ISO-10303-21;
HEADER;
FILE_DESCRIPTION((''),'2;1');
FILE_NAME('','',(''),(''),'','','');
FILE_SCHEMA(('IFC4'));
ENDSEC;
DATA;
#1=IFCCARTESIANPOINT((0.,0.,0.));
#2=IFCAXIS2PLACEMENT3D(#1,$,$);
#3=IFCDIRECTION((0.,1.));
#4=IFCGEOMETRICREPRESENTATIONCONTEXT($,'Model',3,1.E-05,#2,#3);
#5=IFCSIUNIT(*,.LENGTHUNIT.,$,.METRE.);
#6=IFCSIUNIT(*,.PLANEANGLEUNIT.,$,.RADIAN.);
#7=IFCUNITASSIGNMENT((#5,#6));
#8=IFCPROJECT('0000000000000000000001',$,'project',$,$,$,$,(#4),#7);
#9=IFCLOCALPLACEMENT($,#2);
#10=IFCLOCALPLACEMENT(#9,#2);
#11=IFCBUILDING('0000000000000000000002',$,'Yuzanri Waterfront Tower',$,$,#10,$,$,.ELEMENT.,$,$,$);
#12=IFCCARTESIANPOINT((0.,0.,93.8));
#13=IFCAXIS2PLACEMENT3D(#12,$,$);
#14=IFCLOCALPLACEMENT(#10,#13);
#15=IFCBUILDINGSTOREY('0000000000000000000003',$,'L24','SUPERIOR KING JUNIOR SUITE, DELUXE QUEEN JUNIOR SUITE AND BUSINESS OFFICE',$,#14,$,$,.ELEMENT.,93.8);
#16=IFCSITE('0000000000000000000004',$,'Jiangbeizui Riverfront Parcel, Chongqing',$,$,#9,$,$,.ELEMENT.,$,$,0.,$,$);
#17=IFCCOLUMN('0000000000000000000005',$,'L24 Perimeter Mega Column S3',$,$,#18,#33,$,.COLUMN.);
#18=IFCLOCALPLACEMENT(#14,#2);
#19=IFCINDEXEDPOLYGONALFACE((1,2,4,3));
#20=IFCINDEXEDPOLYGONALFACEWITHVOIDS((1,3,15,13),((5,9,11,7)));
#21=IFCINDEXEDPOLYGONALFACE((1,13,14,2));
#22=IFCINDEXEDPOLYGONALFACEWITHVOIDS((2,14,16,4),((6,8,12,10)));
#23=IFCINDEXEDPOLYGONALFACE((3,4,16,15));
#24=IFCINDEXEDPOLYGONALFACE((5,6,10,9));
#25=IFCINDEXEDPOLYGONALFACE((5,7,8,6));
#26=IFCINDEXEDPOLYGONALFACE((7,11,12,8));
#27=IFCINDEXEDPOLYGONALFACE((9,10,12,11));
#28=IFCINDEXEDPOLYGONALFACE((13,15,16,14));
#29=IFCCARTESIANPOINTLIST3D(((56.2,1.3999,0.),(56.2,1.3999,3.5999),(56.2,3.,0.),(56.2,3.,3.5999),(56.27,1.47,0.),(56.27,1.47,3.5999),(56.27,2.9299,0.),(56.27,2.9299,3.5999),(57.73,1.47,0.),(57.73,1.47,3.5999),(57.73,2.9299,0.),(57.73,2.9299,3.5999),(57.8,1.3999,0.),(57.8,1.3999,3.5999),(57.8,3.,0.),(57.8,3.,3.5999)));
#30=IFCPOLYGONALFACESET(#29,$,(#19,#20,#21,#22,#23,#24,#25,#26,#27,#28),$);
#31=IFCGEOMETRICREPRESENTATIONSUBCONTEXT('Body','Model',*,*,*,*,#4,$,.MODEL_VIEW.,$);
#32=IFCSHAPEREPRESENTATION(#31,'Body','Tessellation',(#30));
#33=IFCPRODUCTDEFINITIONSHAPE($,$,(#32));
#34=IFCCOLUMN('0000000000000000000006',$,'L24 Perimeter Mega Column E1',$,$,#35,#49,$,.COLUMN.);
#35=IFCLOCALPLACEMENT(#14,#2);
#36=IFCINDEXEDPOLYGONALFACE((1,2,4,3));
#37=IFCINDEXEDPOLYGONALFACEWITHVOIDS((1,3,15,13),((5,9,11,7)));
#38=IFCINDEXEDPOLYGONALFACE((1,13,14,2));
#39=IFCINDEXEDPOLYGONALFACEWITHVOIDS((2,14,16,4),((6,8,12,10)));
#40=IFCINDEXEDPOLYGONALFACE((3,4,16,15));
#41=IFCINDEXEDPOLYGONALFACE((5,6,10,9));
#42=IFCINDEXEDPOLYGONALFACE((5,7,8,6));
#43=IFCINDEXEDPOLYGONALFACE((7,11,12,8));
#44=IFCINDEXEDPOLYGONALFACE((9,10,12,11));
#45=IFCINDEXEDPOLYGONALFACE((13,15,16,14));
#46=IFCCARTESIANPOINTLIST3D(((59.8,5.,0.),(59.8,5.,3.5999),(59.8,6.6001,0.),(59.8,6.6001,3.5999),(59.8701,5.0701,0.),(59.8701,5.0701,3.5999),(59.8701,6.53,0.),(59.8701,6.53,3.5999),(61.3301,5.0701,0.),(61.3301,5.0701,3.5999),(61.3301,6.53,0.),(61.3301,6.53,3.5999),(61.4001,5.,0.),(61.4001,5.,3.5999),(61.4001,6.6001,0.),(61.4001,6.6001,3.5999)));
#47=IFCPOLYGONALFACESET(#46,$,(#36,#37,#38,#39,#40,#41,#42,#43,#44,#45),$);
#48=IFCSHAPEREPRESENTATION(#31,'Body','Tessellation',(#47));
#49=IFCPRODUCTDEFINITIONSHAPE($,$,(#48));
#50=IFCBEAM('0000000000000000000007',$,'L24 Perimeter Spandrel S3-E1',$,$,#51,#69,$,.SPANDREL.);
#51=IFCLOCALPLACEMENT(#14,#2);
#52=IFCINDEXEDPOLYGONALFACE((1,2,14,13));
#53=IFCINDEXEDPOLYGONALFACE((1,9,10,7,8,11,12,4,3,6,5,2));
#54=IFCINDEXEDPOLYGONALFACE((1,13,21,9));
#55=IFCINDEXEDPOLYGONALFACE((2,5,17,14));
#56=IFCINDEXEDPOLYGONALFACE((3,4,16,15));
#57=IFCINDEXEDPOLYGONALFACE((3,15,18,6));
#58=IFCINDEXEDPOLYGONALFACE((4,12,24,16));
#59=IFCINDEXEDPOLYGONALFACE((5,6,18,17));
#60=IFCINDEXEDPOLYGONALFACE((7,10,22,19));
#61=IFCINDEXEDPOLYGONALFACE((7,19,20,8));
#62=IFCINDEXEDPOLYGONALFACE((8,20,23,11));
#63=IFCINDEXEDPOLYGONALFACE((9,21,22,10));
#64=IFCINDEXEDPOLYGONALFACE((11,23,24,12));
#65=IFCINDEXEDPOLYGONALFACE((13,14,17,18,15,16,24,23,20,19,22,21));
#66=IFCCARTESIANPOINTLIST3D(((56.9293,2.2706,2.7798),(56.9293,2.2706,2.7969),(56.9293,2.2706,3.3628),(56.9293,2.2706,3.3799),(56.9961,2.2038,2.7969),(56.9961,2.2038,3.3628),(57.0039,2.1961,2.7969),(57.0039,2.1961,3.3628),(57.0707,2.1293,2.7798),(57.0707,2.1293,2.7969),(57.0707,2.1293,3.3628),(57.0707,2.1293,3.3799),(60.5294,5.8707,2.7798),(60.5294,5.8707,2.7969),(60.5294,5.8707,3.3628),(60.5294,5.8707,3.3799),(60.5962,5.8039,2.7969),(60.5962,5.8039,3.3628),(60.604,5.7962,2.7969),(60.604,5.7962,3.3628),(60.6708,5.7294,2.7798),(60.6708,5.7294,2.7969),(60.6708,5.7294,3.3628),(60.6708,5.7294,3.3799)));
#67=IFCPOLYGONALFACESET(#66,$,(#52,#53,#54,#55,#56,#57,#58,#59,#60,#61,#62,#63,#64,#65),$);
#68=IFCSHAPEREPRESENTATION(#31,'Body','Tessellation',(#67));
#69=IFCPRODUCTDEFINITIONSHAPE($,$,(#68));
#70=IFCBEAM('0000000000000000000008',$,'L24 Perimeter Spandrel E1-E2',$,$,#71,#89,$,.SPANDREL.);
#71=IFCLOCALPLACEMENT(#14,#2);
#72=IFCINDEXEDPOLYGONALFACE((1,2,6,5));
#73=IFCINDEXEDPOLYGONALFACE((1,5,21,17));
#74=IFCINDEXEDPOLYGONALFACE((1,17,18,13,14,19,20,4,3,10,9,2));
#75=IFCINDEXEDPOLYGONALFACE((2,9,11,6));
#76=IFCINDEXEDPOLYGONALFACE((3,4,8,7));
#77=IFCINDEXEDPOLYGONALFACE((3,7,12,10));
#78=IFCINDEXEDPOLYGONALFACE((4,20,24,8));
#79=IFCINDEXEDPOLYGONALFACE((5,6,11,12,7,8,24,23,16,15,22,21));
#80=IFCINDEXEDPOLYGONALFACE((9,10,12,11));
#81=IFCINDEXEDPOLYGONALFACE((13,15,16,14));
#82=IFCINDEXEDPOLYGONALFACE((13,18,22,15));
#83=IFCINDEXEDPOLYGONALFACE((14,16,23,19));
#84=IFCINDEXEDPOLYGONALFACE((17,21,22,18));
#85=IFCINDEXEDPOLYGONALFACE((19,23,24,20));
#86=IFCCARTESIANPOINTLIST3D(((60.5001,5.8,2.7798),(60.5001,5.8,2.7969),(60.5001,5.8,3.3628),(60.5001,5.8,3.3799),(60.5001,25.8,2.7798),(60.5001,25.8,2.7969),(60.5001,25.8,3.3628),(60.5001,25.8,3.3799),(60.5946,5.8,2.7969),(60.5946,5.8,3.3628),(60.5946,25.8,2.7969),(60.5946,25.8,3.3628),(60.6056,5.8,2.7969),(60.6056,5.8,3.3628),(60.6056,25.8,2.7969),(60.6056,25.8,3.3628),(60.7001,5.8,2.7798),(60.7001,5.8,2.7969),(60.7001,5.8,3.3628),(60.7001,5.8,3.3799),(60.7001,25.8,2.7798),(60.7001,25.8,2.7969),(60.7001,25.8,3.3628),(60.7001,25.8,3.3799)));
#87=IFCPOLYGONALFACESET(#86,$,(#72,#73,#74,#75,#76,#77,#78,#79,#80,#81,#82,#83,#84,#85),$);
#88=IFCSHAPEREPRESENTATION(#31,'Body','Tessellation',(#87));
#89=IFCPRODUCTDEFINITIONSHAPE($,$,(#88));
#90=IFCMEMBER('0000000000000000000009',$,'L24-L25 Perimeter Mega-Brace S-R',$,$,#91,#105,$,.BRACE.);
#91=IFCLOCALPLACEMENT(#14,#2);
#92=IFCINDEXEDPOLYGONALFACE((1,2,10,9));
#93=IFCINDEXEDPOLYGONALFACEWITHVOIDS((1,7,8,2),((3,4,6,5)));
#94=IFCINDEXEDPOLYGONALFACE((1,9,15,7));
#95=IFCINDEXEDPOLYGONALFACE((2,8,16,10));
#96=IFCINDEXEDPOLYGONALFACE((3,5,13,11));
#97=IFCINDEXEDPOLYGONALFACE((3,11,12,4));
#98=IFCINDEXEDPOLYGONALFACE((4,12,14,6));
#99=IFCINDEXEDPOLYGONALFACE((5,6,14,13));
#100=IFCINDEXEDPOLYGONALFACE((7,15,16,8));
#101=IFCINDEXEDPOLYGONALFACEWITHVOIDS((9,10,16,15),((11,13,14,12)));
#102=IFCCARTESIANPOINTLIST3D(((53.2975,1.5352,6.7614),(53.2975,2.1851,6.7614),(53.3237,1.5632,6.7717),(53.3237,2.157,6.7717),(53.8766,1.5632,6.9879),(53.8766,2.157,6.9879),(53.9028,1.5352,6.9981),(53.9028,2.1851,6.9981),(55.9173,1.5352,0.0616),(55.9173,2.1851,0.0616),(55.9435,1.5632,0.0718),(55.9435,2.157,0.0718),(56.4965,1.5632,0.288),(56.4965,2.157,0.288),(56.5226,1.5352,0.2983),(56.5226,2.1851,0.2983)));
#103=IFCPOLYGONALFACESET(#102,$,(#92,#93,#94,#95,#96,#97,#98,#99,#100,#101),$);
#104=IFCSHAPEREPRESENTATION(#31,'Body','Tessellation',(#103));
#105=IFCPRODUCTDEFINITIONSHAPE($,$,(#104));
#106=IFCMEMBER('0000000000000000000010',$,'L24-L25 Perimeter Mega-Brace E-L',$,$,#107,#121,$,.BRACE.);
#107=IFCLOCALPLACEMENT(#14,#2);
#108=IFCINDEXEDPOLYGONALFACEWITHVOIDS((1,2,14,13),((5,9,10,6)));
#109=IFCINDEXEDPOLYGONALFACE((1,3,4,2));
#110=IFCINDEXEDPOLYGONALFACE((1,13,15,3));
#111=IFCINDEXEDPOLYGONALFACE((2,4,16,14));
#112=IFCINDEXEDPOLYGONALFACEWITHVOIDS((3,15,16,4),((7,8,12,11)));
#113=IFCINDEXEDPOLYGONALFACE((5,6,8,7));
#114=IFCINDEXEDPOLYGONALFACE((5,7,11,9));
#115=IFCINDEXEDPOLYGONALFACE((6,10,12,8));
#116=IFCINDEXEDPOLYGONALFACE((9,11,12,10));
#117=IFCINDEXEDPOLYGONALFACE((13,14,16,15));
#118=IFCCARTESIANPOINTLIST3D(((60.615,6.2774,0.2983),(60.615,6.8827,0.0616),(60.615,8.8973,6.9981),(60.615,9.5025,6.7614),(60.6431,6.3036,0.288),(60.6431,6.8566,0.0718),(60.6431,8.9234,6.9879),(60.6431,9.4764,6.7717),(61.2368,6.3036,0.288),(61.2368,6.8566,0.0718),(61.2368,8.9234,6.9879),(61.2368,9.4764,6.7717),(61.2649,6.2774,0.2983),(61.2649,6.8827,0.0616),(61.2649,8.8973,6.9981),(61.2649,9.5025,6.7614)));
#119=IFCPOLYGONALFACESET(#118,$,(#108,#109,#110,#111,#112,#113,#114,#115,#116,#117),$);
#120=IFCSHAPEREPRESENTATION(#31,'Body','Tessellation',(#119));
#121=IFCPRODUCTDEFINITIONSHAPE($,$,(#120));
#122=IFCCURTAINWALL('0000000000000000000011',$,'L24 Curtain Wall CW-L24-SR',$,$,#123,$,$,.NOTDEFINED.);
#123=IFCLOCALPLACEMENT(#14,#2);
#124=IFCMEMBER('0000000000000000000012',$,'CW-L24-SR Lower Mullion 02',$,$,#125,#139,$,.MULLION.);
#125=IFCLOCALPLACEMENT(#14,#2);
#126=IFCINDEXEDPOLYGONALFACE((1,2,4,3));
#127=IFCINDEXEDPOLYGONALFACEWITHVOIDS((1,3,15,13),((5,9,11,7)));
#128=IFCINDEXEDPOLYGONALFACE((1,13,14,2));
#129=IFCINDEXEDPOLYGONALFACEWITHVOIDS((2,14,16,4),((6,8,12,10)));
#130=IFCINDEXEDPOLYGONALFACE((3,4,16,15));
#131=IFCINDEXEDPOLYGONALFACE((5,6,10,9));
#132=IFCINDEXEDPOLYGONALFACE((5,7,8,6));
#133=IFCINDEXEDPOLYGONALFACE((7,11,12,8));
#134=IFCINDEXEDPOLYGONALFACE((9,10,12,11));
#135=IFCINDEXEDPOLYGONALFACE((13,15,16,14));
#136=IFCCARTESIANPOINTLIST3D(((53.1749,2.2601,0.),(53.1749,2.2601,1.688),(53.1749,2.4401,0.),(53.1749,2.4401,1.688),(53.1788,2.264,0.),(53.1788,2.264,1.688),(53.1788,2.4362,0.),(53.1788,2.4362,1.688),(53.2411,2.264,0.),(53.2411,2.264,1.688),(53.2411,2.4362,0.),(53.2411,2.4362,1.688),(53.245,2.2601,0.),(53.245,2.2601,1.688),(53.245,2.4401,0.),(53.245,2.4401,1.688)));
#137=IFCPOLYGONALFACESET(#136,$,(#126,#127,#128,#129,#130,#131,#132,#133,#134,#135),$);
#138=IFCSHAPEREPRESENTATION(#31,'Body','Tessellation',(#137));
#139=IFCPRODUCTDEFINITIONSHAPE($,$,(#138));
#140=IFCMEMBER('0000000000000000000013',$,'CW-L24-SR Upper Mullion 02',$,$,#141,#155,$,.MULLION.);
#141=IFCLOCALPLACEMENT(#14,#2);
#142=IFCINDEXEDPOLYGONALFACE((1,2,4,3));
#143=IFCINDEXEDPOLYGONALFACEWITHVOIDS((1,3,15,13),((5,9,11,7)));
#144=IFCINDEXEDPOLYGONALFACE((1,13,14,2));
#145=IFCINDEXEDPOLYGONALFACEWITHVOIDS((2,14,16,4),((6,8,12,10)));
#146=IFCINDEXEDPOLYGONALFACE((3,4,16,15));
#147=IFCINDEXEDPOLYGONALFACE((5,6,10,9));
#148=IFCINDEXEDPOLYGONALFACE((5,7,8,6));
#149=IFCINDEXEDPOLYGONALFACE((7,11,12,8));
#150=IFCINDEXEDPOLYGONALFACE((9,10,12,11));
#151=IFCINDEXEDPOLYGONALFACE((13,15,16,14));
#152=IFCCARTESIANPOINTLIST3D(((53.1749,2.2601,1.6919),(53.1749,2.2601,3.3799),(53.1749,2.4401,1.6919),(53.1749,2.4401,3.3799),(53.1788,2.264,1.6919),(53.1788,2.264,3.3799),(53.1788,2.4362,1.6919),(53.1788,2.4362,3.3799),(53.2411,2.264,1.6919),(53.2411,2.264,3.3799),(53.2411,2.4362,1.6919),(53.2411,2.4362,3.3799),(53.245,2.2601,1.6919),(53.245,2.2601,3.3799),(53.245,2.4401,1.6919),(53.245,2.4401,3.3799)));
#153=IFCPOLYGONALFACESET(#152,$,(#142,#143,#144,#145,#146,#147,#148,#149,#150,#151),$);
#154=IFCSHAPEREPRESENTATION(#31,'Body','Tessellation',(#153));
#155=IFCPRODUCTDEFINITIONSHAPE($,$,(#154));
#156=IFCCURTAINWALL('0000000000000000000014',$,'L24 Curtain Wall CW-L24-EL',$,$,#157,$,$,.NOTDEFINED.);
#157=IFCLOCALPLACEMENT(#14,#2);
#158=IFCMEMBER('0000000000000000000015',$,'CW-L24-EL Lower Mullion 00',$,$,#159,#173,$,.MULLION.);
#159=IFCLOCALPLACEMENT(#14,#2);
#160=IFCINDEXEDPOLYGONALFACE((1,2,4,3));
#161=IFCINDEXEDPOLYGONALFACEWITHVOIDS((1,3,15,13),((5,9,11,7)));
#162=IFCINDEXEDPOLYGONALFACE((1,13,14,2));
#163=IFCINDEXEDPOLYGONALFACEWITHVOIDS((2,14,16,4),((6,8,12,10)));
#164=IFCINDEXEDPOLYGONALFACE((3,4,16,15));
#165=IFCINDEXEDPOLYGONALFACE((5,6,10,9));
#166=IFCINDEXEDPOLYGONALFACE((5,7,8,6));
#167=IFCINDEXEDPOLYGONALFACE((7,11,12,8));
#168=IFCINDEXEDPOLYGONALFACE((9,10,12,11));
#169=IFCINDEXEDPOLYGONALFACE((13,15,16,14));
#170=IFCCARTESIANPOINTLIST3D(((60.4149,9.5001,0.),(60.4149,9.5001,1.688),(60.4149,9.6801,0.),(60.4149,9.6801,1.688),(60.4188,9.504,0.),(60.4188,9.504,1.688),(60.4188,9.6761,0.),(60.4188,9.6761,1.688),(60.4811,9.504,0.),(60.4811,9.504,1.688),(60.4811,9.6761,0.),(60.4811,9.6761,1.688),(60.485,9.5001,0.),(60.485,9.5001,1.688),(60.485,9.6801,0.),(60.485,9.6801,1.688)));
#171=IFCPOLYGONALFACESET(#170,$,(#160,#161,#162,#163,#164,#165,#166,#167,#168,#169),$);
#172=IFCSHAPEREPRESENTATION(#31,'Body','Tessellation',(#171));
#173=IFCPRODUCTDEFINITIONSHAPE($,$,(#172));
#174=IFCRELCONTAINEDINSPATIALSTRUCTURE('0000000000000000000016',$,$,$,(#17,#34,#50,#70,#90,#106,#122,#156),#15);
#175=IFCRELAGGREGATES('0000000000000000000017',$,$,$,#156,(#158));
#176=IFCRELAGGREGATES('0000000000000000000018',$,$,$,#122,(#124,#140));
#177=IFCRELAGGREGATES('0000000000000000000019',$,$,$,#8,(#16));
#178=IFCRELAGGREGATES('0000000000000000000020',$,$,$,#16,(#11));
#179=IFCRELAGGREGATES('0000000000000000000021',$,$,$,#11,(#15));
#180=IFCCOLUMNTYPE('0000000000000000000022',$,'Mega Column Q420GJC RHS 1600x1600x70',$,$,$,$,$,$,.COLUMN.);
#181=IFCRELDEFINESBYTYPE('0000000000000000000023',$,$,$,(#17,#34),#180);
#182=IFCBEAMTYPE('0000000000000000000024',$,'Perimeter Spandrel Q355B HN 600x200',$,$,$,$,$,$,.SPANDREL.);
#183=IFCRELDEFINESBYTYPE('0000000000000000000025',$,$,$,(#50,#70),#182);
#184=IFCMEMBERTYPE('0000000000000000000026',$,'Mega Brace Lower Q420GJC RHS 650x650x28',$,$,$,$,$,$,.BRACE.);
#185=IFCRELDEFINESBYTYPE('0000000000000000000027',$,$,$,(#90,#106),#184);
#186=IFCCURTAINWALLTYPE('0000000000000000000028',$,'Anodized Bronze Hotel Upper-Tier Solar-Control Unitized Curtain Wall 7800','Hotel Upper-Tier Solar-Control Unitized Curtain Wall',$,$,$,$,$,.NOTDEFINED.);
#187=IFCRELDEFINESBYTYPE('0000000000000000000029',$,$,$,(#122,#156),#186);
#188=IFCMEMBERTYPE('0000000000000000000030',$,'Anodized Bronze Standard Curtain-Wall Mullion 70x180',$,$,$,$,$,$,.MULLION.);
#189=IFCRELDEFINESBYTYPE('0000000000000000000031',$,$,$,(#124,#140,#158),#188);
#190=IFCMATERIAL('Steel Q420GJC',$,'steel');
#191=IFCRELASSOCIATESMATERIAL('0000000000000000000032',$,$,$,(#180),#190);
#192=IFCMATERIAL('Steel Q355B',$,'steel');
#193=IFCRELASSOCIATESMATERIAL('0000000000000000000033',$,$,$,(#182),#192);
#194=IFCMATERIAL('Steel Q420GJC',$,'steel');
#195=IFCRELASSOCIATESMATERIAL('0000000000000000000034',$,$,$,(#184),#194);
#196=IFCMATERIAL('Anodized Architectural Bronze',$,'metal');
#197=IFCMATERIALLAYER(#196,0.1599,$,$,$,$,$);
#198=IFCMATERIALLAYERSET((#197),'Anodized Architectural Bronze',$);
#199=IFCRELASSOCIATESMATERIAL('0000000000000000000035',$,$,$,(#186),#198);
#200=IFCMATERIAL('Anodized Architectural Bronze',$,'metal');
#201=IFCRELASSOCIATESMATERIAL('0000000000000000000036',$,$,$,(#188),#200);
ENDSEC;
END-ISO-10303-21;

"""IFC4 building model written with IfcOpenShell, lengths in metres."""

from ifc_helpers import new_model, si_unit, direction, frame, origin, origin_2d, place, context, subcontext, project, spatial, hollow_rectangle, i_section, extrude, source, transform, mapped, material, layer, layer_set, material_profile, profile_set, type_object, element, aggregate, save


model = new_model("IFC4")

# Units and contexts
model_context = context("Model", 3, precision=1e-05, world=origin(), true_north=direction((0.0, 1.0)))
body_context = subcontext(model_context, "Body", "Model", "MODEL_VIEW")
ifc_project = project(units=[si_unit("LENGTHUNIT", "METRE"), si_unit("PLANEANGLEUNIT", "RADIAN")], contexts=[model_context])

# Site, building, storey
site_placement = place(None, origin())
site = spatial("IfcSite", under=ifc_project, at=site_placement, Name="Jiangbeizui Riverfront Parcel, Chongqing", CompositionType="ELEMENT", RefElevation=0.0)
building_placement = place(site_placement, origin())
building = spatial("IfcBuilding", under=site, at=building_placement, Name="Yuzanri Waterfront Tower", CompositionType="ELEMENT")
storey_placement = place(building_placement, frame((0.0, 0.0, 93.8)))
storey = spatial("IfcBuildingStorey", under=building, at=storey_placement, Name="L24", Description="SUPERIOR KING JUNIOR SUITE, DELUXE QUEEN JUNIOR SUITE AND BUSINESS OFFICE", CompositionType="ELEMENT", Elevation=93.8)

# Columns
ifc_material_1 = material(Name="Steel Q420GJC", Category="steel")
ifc_material_profile_1 = material_profile(ifc_material_1, hollow_rectangle(XDim=1.6001, YDim=1.6001, WallThickness=0.0701, at=origin_2d()), Name="RHS 1600x1600x70")
ifc_profile_set_1 = profile_set([ifc_material_profile_1], Name="Steel Q420GJC")
column_type = type_object("IfcColumnType", Name="Mega Column Q420GJC RHS 1600x1600x70", PredefinedType="COLUMN", material=ifc_profile_set_1)
shared_shape_1 = source(origin(), body_context, "Body", "SweptSolid", [
    extrude(hollow_rectangle(XDim=1.6001, YDim=1.6001, WallThickness=0.0701, at=origin_2d()), origin(), (0.0, 0.0, 1.0), 3.5999),
])
for number, where, z_axis, x_axis, name in (
    (1, (57.0, 2.2, 0.0), (0.0, 0.0, 1.0), (1.0, 0.0, 0.0), "L24 Perimeter Mega Column S3"),
    (2, (60.6001, 5.8, 0.0), (0.0, 0.0, 1.0), (1.0, 0.0, 0.0), "L24 Perimeter Mega Column E1"),
):
    element("IfcColumn", number, at=place(storey_placement, frame(where, z_axis=z_axis, x_axis=x_axis)), inside=storey, type_object=column_type, Name=name, PredefinedType="COLUMN", context=body_context, shape_type="MappedRepresentation", body=[
        mapped(shared_shape_1, transform((0.0, 0.0, 0.0), scale=1.0)),
    ])

# Beams
ifc_material_2 = material(Name="Steel Q355B", Category="steel")
ifc_material_profile_2 = material_profile(ifc_material_2, i_section(OverallWidth=0.2, OverallDepth=0.6001, WebThickness=0.011, FlangeThickness=0.0171, at=origin_2d()), Name="HN 600x200x11x17")
ifc_profile_set_2 = profile_set([ifc_material_profile_2], Name="Steel Q355B")
beam_type = type_object("IfcBeamType", Name="Perimeter Spandrel Q355B HN 600x200", PredefinedType="SPANDREL", material=ifc_profile_set_2)
shared_shape_2 = source(origin(), body_context, "Body", "SweptSolid", [
    extrude(i_section(OverallWidth=0.2, OverallDepth=0.6001, WebThickness=0.011, FlangeThickness=0.0171, at=origin_2d()), origin(), (0.0, 0.0, 1.0), 5.0913),
])
beam_1_placement = place(storey_placement, frame((57.0, 2.2, 3.0798), z_axis=(0.707107, 0.707107, 0.0), x_axis=(-0.707107, 0.707107, 0.0)))
element("IfcBeam", 3, at=beam_1_placement, inside=storey, type_object=beam_type, Name="L24 Perimeter Spandrel S3-E1", PredefinedType="SPANDREL", context=body_context, shape_type="MappedRepresentation", body=[
    mapped(shared_shape_2, transform((0.0, 0.0, 0.0), scale=1.0)),
])
shared_shape_3 = source(origin(), body_context, "Body", "SweptSolid", [
    extrude(i_section(OverallWidth=0.2, OverallDepth=0.6001, WebThickness=0.011, FlangeThickness=0.0171, at=origin_2d()), origin(), (0.0, 0.0, 1.0), 20.0),
])
beam_2_placement = place(storey_placement, frame((60.6001, 5.8, 3.0798), z_axis=(0.0, 1.0, 0.0), x_axis=(-1.0, 0.0, 0.0)))
element("IfcBeam", 4, at=beam_2_placement, inside=storey, type_object=beam_type, Name="L24 Perimeter Spandrel E1-E2", PredefinedType="SPANDREL", context=body_context, shape_type="MappedRepresentation", body=[
    mapped(shared_shape_3, transform((0.0, 0.0, 0.0), scale=1.0)),
])

# Members
ifc_material_3 = material(Name="Steel Q420GJC", Category="steel")
ifc_material_profile_3 = material_profile(ifc_material_3, hollow_rectangle(XDim=0.6499, YDim=0.6499, WallThickness=0.0281, at=origin_2d()), Name="RHS 650x650x28")
ifc_profile_set_3 = profile_set([ifc_material_profile_3], Name="Steel Q420GJC")
member_type_1 = type_object("IfcMemberType", Name="Mega Brace Lower Q420GJC RHS 650x650x28", PredefinedType="BRACE", material=ifc_profile_set_3)
shared_shape_4 = source(origin(), body_context, "Body", "SweptSolid", [
    extrude(hollow_rectangle(XDim=0.6499, YDim=0.6499, WallThickness=0.0281, at=origin_2d()), origin(), (0.0, 0.0, 1.0), 7.1938),
])
for number, where, z_axis, x_axis, name in (
    (5, (56.22, 1.8601, 0.1799), (-0.364177, 0.0, 0.93133), (0.0, -1.0, 0.0), "L24-L25 Perimeter Mega-Brace S-R"),
    (6, (60.9399, 6.5801, 0.1799), (0.0, 0.364177, 0.93133), (-1.0, 0.0, 0.0), "L24-L25 Perimeter Mega-Brace E-L"),
):
    element("IfcMember", number, at=place(storey_placement, frame(where, z_axis=z_axis, x_axis=x_axis)), inside=storey, type_object=member_type_1, Name=name, PredefinedType="BRACE", context=body_context, shape_type="MappedRepresentation", body=[
        mapped(shared_shape_4, transform((0.0, 0.0, 0.0), scale=1.0)),
    ])

# Curtain walls, members
ifc_material_4 = material(Name="Anodized Architectural Bronze", Category="metal")
ifc_layer_1 = layer(ifc_material_4, 0.1599)
ifc_layer_set_1 = layer_set([ifc_layer_1], Name="Anodized Architectural Bronze")
curtain_wall_type = type_object("IfcCurtainWallType", Name="Anodized Bronze Hotel Upper-Tier Solar-Control Unitized Curtain Wall 7800", Description="Hotel Upper-Tier Solar-Control Unitized Curtain Wall", PredefinedType="NOTDEFINED", material=ifc_layer_set_1)
curtain_wall_1_placement = place(storey_placement, origin())
curtain_wall_1 = element("IfcCurtainWall", 7, at=curtain_wall_1_placement, inside=storey, type_object=curtain_wall_type, Name="L24 Curtain Wall CW-L24-SR", PredefinedType="NOTDEFINED")
ifc_material_5 = material(Name="Anodized Architectural Bronze", Category="metal")
ifc_material_profile_4 = material_profile(ifc_material_5, hollow_rectangle(XDim=0.0701, YDim=0.1799, WallThickness=0.0039, at=origin_2d()), Name="CWM 70x180")
ifc_profile_set_4 = profile_set([ifc_material_profile_4], Name="Anodized Architectural Bronze")
member_type_2 = type_object("IfcMemberType", Name="Anodized Bronze Standard Curtain-Wall Mullion 70x180", PredefinedType="MULLION", material=ifc_profile_set_4)
shared_shape_5 = source(origin(), body_context, "Body", "SweptSolid", [
    extrude(hollow_rectangle(XDim=0.0701, YDim=0.1799, WallThickness=0.0039, at=origin_2d()), origin(), (0.0, 0.0, 1.0), 1.688),
])
member_1_placement = place(storey_placement, frame((53.21, 2.3501, 0.0), z_axis=(0.0, 0.0, 1.0), x_axis=(1.0, 0.0, 0.0)))
member_1 = element("IfcMember", 8, at=member_1_placement, type_object=member_type_2, Name="CW-L24-SR Lower Mullion 02", PredefinedType="MULLION", context=body_context, shape_type="MappedRepresentation", body=[
    mapped(shared_shape_5, transform((0.0, 0.0, 0.0), scale=1.0)),
])
member_2_placement = place(storey_placement, frame((53.21, 2.3501, 1.6919), z_axis=(0.0, 0.0, 1.0), x_axis=(1.0, 0.0, 0.0)))
member_2 = element("IfcMember", 9, at=member_2_placement, type_object=member_type_2, Name="CW-L24-SR Upper Mullion 02", PredefinedType="MULLION", context=body_context, shape_type="MappedRepresentation", body=[
    mapped(shared_shape_5, transform((0.0, 0.0, 0.0), scale=1.0)),
])
curtain_wall_2_placement = place(storey_placement, origin())
curtain_wall_2 = element("IfcCurtainWall", 10, at=curtain_wall_2_placement, inside=storey, type_object=curtain_wall_type, Name="L24 Curtain Wall CW-L24-EL", PredefinedType="NOTDEFINED")
member_3_placement = place(storey_placement, frame((60.45, 9.5901, 0.0), z_axis=(0.0, 0.0, 1.0), x_axis=(1.0, 0.0, 0.0)))
member_3 = element("IfcMember", 11, at=member_3_placement, type_object=member_type_2, Name="CW-L24-EL Lower Mullion 00", PredefinedType="MULLION", context=body_context, shape_type="MappedRepresentation", body=[
    mapped(shared_shape_5, transform((0.0, 0.0, 0.0), scale=1.0)),
])
aggregate(curtain_wall_2, [member_3])

aggregate(curtain_wall_1, [member_1, member_2])

save(model, "model.ifc")
